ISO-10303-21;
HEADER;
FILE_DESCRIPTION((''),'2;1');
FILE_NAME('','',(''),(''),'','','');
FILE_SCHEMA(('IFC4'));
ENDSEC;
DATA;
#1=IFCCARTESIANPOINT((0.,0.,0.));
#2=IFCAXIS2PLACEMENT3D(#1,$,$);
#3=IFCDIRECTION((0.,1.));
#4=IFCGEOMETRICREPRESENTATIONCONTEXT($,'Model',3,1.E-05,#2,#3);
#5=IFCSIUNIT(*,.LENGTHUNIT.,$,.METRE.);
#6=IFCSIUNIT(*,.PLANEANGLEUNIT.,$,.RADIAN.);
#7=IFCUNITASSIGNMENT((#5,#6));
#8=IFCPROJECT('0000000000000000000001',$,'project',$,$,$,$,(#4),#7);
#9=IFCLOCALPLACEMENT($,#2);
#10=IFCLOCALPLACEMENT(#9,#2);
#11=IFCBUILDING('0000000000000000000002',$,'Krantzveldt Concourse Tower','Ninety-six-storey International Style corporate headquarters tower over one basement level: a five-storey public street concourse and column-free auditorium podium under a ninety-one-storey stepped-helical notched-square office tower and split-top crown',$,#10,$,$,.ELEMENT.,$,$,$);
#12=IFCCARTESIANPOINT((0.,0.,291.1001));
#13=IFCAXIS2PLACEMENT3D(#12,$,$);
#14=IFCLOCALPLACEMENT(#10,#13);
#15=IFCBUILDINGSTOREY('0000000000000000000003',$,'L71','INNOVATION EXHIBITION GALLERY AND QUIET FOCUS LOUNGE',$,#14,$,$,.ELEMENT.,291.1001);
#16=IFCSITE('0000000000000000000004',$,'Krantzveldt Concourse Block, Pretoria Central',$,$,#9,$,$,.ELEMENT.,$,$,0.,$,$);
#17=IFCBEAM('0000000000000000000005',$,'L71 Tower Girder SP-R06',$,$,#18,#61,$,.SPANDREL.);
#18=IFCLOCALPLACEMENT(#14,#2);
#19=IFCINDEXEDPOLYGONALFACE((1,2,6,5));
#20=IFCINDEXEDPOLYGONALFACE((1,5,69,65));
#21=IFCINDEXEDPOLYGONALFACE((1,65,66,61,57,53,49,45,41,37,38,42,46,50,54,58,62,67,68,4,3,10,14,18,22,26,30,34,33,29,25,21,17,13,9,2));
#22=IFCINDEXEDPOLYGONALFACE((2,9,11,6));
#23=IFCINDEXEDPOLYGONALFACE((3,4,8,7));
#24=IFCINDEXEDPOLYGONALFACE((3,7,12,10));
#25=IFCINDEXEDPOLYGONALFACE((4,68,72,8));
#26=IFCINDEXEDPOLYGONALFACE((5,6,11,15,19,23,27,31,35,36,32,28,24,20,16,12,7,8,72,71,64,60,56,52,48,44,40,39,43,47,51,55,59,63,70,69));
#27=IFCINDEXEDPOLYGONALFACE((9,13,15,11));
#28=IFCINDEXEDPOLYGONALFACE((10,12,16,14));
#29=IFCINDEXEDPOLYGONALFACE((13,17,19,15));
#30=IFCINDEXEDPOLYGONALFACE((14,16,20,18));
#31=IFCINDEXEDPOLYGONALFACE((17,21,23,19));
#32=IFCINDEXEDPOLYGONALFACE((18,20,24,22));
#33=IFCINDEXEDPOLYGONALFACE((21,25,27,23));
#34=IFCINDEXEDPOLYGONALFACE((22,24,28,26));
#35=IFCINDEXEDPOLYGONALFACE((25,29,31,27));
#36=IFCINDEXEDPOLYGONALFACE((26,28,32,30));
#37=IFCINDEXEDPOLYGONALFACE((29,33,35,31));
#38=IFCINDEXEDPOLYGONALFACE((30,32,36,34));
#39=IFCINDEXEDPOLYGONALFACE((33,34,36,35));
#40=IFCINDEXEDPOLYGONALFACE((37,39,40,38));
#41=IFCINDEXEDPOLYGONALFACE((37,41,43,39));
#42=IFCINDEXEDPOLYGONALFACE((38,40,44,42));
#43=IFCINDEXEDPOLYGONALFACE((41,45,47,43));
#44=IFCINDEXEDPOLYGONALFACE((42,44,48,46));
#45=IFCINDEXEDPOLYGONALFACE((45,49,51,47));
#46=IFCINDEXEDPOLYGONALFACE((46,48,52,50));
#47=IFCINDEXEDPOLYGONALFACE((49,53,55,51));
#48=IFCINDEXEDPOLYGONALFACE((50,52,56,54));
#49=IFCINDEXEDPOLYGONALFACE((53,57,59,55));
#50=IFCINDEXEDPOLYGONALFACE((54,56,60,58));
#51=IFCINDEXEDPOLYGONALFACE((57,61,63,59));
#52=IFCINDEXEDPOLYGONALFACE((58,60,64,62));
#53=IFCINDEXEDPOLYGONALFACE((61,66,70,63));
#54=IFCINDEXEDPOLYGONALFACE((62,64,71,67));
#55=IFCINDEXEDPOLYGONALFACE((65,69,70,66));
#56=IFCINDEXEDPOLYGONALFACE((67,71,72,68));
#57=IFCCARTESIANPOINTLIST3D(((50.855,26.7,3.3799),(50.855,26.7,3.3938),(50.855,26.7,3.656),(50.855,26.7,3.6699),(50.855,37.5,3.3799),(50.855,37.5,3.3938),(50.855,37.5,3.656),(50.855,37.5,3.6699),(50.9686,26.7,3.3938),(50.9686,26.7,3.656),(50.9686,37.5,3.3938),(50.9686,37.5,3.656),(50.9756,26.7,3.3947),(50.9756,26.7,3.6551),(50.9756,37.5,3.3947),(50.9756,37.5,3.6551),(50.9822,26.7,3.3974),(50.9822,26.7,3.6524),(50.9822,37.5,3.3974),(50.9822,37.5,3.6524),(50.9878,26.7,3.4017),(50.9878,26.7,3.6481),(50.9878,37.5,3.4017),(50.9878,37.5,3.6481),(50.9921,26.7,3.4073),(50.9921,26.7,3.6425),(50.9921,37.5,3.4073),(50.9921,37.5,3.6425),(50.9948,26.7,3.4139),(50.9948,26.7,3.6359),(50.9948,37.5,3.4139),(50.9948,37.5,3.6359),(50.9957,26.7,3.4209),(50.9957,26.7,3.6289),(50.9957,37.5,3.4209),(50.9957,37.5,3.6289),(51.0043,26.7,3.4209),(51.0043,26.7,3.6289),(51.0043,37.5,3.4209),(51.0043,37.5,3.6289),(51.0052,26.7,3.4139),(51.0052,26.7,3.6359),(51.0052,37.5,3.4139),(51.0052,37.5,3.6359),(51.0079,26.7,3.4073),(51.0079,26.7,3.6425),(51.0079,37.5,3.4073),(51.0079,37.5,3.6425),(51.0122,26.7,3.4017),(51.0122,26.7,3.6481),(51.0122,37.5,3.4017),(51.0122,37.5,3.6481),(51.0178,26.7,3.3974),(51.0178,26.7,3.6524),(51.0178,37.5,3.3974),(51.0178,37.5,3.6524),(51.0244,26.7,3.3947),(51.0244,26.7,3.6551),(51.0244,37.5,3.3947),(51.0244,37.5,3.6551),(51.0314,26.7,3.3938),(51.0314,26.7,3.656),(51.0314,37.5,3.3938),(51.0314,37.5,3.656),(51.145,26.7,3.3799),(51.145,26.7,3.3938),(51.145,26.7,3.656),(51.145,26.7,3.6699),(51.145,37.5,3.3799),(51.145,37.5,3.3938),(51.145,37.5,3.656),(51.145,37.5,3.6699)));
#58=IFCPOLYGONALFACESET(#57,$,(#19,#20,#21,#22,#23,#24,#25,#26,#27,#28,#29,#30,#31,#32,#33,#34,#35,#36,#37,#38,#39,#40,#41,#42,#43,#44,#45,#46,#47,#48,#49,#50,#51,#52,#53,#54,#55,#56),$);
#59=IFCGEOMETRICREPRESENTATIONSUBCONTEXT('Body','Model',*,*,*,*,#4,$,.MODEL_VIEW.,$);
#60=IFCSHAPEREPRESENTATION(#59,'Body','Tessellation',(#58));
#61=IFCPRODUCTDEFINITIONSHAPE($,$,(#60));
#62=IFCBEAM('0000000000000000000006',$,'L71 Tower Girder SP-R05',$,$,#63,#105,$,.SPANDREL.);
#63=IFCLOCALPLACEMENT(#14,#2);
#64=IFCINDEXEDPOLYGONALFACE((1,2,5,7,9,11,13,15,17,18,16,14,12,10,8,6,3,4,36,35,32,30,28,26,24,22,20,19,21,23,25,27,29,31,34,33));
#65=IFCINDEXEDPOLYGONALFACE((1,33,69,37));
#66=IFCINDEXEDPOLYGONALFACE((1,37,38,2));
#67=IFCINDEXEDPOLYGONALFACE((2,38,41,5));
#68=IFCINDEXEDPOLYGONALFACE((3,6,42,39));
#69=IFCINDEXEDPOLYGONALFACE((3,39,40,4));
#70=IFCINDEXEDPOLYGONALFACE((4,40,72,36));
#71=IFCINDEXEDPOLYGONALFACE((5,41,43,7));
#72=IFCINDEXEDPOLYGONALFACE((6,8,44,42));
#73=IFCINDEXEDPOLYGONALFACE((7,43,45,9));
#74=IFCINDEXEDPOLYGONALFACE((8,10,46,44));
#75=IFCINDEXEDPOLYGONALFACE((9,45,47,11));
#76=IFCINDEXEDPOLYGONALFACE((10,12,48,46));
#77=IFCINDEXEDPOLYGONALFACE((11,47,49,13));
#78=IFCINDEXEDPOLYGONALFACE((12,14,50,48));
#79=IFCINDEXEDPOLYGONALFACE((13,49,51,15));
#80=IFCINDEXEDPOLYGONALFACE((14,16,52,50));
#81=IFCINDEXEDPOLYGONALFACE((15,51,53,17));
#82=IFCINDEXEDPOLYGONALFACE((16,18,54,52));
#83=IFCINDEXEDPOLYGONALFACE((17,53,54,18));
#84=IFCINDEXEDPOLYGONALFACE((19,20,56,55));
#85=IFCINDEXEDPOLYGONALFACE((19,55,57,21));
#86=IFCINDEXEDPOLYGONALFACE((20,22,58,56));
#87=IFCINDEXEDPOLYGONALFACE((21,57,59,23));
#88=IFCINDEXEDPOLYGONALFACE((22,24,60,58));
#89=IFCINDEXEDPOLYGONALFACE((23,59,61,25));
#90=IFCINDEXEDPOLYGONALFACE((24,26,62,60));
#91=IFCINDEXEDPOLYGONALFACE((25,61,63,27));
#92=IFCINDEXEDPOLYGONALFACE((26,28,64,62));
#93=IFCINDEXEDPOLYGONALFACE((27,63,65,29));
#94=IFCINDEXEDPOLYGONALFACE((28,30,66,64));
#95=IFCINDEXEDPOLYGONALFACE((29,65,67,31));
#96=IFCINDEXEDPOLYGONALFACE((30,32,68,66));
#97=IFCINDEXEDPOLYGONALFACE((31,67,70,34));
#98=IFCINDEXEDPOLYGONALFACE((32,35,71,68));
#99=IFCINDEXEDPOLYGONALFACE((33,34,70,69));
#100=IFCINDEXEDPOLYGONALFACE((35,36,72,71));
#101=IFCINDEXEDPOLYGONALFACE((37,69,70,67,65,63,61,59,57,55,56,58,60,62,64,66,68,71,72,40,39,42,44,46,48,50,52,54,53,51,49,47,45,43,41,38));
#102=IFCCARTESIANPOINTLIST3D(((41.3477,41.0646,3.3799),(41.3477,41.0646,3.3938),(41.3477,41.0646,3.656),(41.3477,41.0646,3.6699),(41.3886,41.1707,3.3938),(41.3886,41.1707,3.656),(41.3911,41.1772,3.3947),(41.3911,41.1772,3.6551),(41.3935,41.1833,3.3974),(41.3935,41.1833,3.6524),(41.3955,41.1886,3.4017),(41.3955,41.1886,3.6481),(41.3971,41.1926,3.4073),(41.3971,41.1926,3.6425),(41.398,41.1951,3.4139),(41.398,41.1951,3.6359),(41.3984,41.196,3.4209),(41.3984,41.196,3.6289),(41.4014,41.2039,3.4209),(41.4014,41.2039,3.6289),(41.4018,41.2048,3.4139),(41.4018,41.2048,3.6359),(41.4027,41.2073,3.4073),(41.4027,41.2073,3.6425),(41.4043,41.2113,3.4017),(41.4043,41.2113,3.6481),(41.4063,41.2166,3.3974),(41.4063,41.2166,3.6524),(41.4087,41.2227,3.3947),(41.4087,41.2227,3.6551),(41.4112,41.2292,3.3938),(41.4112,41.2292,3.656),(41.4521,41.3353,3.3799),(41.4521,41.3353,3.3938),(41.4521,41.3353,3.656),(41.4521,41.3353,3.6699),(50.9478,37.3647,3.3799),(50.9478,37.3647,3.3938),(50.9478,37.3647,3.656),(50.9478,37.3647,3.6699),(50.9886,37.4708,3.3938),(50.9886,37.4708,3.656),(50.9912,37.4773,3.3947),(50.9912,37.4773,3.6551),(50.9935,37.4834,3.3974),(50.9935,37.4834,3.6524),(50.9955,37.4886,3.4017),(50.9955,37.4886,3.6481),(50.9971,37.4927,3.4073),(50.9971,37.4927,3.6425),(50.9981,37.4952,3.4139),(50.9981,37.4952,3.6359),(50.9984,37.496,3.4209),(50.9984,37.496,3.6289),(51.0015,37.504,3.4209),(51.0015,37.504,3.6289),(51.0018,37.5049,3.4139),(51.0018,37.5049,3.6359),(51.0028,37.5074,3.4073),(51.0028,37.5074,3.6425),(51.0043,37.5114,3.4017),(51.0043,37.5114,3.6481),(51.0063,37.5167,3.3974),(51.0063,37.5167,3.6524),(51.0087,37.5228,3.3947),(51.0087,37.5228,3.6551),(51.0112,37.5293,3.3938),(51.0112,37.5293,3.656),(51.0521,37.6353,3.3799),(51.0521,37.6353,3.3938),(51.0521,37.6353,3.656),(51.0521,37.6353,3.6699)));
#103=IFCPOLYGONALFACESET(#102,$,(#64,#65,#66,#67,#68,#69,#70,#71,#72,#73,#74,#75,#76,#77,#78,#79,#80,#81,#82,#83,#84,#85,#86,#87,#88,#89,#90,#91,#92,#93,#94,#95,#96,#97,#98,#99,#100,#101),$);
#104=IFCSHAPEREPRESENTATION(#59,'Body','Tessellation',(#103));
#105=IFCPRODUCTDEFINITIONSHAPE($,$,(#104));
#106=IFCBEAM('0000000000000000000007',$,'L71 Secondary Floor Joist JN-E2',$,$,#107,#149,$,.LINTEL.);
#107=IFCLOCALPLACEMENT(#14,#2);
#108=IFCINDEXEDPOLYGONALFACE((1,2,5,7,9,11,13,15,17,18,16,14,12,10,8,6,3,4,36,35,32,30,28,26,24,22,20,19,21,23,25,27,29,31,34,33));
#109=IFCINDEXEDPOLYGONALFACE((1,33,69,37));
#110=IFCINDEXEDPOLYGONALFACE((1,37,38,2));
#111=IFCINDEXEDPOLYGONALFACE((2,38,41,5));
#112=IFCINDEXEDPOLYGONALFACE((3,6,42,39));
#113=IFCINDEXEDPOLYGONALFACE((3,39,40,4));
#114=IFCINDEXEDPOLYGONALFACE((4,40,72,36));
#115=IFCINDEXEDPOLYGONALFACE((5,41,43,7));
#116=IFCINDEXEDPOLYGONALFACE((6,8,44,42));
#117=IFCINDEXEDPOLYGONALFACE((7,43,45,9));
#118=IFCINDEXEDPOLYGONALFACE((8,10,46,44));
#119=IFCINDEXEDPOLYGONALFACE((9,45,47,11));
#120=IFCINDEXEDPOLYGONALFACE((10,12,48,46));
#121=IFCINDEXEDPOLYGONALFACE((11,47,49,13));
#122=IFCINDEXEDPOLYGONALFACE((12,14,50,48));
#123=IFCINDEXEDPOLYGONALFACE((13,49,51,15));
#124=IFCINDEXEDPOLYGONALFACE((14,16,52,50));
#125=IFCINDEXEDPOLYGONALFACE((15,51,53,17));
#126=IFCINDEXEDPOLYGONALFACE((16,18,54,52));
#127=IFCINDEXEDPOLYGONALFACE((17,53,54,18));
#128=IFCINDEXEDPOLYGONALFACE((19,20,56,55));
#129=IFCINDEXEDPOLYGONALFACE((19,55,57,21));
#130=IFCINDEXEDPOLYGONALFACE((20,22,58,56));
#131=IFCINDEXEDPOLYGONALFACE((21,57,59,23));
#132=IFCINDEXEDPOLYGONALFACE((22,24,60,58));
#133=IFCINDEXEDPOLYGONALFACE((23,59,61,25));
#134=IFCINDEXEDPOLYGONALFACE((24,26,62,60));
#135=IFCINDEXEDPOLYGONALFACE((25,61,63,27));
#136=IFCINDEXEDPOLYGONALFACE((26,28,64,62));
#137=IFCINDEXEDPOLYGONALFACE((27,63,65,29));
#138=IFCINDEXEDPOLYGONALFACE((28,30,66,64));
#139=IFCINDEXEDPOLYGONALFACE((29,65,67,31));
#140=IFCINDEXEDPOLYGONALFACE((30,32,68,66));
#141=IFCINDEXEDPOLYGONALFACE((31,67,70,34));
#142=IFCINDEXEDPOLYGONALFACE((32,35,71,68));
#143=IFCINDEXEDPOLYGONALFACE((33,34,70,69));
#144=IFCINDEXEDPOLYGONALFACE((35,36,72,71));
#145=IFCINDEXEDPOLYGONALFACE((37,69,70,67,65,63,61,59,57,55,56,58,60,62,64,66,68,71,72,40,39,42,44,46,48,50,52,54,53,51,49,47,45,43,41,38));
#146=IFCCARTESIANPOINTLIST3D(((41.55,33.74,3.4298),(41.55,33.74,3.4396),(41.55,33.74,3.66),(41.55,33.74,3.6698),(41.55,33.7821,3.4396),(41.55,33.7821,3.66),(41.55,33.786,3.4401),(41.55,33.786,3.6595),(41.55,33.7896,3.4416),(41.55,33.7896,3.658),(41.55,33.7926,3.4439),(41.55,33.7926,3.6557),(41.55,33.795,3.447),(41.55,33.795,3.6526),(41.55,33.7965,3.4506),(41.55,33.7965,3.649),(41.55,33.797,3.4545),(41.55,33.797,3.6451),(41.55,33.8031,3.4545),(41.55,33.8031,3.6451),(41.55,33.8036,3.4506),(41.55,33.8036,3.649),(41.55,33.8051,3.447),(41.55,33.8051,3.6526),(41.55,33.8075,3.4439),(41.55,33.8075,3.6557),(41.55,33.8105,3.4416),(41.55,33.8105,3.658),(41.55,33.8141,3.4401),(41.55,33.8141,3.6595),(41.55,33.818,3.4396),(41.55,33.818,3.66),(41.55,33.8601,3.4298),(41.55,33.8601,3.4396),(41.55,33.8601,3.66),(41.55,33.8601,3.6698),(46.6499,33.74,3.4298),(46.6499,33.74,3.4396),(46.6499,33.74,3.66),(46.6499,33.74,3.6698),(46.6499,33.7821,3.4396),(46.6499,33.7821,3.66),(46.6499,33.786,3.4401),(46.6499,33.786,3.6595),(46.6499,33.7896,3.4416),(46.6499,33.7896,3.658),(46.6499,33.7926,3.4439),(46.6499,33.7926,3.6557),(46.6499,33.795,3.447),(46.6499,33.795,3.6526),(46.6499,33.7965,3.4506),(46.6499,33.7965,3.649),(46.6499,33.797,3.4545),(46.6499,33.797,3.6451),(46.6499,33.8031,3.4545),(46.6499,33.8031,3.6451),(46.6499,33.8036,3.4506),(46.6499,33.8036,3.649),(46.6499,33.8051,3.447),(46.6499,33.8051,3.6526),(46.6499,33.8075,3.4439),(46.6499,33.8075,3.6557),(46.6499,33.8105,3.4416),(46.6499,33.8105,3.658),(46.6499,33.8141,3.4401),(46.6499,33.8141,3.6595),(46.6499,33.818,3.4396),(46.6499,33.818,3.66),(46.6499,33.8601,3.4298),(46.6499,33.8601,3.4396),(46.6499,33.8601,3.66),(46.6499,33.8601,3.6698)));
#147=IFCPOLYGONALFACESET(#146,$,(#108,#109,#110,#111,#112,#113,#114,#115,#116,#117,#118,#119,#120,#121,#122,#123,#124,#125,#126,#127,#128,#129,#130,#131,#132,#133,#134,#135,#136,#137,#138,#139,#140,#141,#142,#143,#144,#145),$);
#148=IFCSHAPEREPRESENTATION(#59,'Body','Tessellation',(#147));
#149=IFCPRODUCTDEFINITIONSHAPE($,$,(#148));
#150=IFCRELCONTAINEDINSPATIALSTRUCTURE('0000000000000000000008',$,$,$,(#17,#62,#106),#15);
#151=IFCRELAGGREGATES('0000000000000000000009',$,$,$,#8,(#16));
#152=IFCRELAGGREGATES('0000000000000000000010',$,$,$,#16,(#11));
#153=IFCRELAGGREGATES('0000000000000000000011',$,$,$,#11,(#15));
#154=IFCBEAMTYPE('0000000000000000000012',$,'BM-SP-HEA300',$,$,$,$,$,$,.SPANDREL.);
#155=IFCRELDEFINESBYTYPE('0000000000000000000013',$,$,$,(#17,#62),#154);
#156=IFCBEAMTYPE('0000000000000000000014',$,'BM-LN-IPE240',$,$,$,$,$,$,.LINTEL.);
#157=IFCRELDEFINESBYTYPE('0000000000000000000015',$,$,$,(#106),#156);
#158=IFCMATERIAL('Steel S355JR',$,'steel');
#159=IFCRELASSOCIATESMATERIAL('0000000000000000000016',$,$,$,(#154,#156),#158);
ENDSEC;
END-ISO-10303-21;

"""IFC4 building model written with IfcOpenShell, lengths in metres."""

from ifc_helpers import new_model, si_unit, direction, frame, origin, origin_2d, place, context, subcontext, project, spatial, i_section, extrude, source, transform, mapped, material, material_profile, profile_set, type_object, type_shapes, element, save


model = new_model("IFC4")

# Units and contexts
model_context = context("Model", 3, precision=1e-05, world=origin(), true_north=direction((0.0, 1.0)))
body_context = subcontext(model_context, "Body", "Model", "MODEL_VIEW")
ifc_project = project(units=[si_unit("LENGTHUNIT", "METRE"), si_unit("PLANEANGLEUNIT", "RADIAN")], contexts=[model_context])

# Site, building, storey
site_placement = place(None, origin())
site = spatial("IfcSite", under=ifc_project, at=site_placement, Name="Krantzveldt Concourse Block, Pretoria Central", CompositionType="ELEMENT", RefElevation=0.0)
building_placement = place(site_placement, origin())
building = spatial("IfcBuilding", under=site, at=building_placement, Name="Krantzveldt Concourse Tower", Description="Ninety-six-storey International Style corporate headquarters tower over one basement level: a five-storey public street concourse and column-free auditorium podium under a ninety-one-storey stepped-helical notched-square office tower and split-top crown", CompositionType="ELEMENT")
storey_placement = place(building_placement, frame((0.0, 0.0, 291.1001)))
storey = spatial("IfcBuildingStorey", under=building, at=storey_placement, Name="L71", Description="INNOVATION EXHIBITION GALLERY AND QUIET FOCUS LOUNGE", CompositionType="ELEMENT", Elevation=291.1001)

# Beams
ifc_material_1 = material(Name="Steel S355JR", Category="steel")
ifc_material_profile_1 = material_profile(ifc_material_1, i_section(OverallWidth=0.29, OverallDepth=0.29, WebThickness=0.0085, FlangeThickness=0.0139, FilletRadius=0.0271, at=origin_2d()), Name="Steel S355JR", Category="steel")
ifc_profile_set_1 = profile_set([ifc_material_profile_1], Name="Steel S355JR - HEA 300")
beam_type_1 = type_object("IfcBeamType", Name="BM-SP-HEA300", PredefinedType="SPANDREL", material=ifc_profile_set_1)
shared_shape_1 = source(origin(), body_context, "Body", "SweptSolid", [
    extrude(i_section(OverallWidth=0.29, OverallDepth=0.29, WebThickness=0.0085, FlangeThickness=0.0139, FilletRadius=0.0271, at=origin_2d()), origin(), (0.0, 0.0, 1.0), 10.8),
])
beam_1_placement = place(storey_placement, frame((51.0, 37.5, 3.5249), z_axis=(0.0, -1.0, 0.0), x_axis=(1.0, 0.0, 0.0)))
element("IfcBeam", 1, at=beam_1_placement, inside=storey, type_object=beam_type_1, Name="L71 Tower Girder SP-R06", PredefinedType="SPANDREL", context=body_context, shape_type="MappedRepresentation", body=[
    mapped(shared_shape_1, transform((0.0, 0.0, 0.0), x_axis=(1.0, 0.0, 0.0), y_axis=(0.0, 1.0, 0.0), z_axis=(0.0, 0.0, 1.0), scale=1.0)),
])
shared_shape_2 = source(origin(), body_context, "Body", "SweptSolid", [
    extrude(i_section(OverallWidth=0.29, OverallDepth=0.29, WebThickness=0.0085, FlangeThickness=0.0139, FilletRadius=0.0271, at=origin_2d()), origin(), (0.0, 0.0, 1.0), 10.2883),
])
type_shapes(beam_type_1, [shared_shape_1, shared_shape_2])
beam_2_placement = place(storey_placement, frame((41.3999, 41.2, 3.5249), z_axis=(0.933098, -0.359623, 0.0), x_axis=(0.359623, 0.933098, 0.0)))
element("IfcBeam", 2, at=beam_2_placement, inside=storey, type_object=beam_type_1, Name="L71 Tower Girder SP-R05", PredefinedType="SPANDREL", context=body_context, shape_type="MappedRepresentation", body=[
    mapped(shared_shape_2, transform((0.0, 0.0, 0.0), x_axis=(1.0, 0.0, 0.0), y_axis=(0.0, 1.0, 0.0), z_axis=(0.0, 0.0, 1.0), scale=1.0)),
])
ifc_material_profile_2 = material_profile(ifc_material_1, i_section(OverallWidth=0.1201, OverallDepth=0.24, WebThickness=0.0061, FlangeThickness=0.0098, FilletRadius=0.0149, at=origin_2d()), Name="Steel S355JR", Category="steel")
ifc_profile_set_2 = profile_set([ifc_material_profile_2], Name="Steel S355JR - IPE 240")
beam_type_2 = type_object("IfcBeamType", Name="BM-LN-IPE240", PredefinedType="LINTEL", material=ifc_profile_set_2)
shared_shape_3 = source(origin(), body_context, "Body", "SweptSolid", [
    extrude(i_section(OverallWidth=0.1201, OverallDepth=0.24, WebThickness=0.0061, FlangeThickness=0.0098, FilletRadius=0.0149, at=origin_2d()), origin(), (0.0, 0.0, 1.0), 5.0999),
])
type_shapes(beam_type_2, [shared_shape_3])
beam_3_placement = place(storey_placement, frame((41.55, 33.8, 3.5498), z_axis=(1.0, 0.0, 0.0), x_axis=(0.0, 1.0, 0.0)))
element("IfcBeam", 3, at=beam_3_placement, inside=storey, type_object=beam_type_2, Name="L71 Secondary Floor Joist JN-E2", PredefinedType="LINTEL", context=body_context, shape_type="MappedRepresentation", body=[
    mapped(shared_shape_3, transform((0.0, 0.0, 0.0), x_axis=(1.0, 0.0, 0.0), y_axis=(0.0, 1.0, 0.0), z_axis=(0.0, 0.0, 1.0), scale=1.0)),
])

save(model, "model.ifc")
